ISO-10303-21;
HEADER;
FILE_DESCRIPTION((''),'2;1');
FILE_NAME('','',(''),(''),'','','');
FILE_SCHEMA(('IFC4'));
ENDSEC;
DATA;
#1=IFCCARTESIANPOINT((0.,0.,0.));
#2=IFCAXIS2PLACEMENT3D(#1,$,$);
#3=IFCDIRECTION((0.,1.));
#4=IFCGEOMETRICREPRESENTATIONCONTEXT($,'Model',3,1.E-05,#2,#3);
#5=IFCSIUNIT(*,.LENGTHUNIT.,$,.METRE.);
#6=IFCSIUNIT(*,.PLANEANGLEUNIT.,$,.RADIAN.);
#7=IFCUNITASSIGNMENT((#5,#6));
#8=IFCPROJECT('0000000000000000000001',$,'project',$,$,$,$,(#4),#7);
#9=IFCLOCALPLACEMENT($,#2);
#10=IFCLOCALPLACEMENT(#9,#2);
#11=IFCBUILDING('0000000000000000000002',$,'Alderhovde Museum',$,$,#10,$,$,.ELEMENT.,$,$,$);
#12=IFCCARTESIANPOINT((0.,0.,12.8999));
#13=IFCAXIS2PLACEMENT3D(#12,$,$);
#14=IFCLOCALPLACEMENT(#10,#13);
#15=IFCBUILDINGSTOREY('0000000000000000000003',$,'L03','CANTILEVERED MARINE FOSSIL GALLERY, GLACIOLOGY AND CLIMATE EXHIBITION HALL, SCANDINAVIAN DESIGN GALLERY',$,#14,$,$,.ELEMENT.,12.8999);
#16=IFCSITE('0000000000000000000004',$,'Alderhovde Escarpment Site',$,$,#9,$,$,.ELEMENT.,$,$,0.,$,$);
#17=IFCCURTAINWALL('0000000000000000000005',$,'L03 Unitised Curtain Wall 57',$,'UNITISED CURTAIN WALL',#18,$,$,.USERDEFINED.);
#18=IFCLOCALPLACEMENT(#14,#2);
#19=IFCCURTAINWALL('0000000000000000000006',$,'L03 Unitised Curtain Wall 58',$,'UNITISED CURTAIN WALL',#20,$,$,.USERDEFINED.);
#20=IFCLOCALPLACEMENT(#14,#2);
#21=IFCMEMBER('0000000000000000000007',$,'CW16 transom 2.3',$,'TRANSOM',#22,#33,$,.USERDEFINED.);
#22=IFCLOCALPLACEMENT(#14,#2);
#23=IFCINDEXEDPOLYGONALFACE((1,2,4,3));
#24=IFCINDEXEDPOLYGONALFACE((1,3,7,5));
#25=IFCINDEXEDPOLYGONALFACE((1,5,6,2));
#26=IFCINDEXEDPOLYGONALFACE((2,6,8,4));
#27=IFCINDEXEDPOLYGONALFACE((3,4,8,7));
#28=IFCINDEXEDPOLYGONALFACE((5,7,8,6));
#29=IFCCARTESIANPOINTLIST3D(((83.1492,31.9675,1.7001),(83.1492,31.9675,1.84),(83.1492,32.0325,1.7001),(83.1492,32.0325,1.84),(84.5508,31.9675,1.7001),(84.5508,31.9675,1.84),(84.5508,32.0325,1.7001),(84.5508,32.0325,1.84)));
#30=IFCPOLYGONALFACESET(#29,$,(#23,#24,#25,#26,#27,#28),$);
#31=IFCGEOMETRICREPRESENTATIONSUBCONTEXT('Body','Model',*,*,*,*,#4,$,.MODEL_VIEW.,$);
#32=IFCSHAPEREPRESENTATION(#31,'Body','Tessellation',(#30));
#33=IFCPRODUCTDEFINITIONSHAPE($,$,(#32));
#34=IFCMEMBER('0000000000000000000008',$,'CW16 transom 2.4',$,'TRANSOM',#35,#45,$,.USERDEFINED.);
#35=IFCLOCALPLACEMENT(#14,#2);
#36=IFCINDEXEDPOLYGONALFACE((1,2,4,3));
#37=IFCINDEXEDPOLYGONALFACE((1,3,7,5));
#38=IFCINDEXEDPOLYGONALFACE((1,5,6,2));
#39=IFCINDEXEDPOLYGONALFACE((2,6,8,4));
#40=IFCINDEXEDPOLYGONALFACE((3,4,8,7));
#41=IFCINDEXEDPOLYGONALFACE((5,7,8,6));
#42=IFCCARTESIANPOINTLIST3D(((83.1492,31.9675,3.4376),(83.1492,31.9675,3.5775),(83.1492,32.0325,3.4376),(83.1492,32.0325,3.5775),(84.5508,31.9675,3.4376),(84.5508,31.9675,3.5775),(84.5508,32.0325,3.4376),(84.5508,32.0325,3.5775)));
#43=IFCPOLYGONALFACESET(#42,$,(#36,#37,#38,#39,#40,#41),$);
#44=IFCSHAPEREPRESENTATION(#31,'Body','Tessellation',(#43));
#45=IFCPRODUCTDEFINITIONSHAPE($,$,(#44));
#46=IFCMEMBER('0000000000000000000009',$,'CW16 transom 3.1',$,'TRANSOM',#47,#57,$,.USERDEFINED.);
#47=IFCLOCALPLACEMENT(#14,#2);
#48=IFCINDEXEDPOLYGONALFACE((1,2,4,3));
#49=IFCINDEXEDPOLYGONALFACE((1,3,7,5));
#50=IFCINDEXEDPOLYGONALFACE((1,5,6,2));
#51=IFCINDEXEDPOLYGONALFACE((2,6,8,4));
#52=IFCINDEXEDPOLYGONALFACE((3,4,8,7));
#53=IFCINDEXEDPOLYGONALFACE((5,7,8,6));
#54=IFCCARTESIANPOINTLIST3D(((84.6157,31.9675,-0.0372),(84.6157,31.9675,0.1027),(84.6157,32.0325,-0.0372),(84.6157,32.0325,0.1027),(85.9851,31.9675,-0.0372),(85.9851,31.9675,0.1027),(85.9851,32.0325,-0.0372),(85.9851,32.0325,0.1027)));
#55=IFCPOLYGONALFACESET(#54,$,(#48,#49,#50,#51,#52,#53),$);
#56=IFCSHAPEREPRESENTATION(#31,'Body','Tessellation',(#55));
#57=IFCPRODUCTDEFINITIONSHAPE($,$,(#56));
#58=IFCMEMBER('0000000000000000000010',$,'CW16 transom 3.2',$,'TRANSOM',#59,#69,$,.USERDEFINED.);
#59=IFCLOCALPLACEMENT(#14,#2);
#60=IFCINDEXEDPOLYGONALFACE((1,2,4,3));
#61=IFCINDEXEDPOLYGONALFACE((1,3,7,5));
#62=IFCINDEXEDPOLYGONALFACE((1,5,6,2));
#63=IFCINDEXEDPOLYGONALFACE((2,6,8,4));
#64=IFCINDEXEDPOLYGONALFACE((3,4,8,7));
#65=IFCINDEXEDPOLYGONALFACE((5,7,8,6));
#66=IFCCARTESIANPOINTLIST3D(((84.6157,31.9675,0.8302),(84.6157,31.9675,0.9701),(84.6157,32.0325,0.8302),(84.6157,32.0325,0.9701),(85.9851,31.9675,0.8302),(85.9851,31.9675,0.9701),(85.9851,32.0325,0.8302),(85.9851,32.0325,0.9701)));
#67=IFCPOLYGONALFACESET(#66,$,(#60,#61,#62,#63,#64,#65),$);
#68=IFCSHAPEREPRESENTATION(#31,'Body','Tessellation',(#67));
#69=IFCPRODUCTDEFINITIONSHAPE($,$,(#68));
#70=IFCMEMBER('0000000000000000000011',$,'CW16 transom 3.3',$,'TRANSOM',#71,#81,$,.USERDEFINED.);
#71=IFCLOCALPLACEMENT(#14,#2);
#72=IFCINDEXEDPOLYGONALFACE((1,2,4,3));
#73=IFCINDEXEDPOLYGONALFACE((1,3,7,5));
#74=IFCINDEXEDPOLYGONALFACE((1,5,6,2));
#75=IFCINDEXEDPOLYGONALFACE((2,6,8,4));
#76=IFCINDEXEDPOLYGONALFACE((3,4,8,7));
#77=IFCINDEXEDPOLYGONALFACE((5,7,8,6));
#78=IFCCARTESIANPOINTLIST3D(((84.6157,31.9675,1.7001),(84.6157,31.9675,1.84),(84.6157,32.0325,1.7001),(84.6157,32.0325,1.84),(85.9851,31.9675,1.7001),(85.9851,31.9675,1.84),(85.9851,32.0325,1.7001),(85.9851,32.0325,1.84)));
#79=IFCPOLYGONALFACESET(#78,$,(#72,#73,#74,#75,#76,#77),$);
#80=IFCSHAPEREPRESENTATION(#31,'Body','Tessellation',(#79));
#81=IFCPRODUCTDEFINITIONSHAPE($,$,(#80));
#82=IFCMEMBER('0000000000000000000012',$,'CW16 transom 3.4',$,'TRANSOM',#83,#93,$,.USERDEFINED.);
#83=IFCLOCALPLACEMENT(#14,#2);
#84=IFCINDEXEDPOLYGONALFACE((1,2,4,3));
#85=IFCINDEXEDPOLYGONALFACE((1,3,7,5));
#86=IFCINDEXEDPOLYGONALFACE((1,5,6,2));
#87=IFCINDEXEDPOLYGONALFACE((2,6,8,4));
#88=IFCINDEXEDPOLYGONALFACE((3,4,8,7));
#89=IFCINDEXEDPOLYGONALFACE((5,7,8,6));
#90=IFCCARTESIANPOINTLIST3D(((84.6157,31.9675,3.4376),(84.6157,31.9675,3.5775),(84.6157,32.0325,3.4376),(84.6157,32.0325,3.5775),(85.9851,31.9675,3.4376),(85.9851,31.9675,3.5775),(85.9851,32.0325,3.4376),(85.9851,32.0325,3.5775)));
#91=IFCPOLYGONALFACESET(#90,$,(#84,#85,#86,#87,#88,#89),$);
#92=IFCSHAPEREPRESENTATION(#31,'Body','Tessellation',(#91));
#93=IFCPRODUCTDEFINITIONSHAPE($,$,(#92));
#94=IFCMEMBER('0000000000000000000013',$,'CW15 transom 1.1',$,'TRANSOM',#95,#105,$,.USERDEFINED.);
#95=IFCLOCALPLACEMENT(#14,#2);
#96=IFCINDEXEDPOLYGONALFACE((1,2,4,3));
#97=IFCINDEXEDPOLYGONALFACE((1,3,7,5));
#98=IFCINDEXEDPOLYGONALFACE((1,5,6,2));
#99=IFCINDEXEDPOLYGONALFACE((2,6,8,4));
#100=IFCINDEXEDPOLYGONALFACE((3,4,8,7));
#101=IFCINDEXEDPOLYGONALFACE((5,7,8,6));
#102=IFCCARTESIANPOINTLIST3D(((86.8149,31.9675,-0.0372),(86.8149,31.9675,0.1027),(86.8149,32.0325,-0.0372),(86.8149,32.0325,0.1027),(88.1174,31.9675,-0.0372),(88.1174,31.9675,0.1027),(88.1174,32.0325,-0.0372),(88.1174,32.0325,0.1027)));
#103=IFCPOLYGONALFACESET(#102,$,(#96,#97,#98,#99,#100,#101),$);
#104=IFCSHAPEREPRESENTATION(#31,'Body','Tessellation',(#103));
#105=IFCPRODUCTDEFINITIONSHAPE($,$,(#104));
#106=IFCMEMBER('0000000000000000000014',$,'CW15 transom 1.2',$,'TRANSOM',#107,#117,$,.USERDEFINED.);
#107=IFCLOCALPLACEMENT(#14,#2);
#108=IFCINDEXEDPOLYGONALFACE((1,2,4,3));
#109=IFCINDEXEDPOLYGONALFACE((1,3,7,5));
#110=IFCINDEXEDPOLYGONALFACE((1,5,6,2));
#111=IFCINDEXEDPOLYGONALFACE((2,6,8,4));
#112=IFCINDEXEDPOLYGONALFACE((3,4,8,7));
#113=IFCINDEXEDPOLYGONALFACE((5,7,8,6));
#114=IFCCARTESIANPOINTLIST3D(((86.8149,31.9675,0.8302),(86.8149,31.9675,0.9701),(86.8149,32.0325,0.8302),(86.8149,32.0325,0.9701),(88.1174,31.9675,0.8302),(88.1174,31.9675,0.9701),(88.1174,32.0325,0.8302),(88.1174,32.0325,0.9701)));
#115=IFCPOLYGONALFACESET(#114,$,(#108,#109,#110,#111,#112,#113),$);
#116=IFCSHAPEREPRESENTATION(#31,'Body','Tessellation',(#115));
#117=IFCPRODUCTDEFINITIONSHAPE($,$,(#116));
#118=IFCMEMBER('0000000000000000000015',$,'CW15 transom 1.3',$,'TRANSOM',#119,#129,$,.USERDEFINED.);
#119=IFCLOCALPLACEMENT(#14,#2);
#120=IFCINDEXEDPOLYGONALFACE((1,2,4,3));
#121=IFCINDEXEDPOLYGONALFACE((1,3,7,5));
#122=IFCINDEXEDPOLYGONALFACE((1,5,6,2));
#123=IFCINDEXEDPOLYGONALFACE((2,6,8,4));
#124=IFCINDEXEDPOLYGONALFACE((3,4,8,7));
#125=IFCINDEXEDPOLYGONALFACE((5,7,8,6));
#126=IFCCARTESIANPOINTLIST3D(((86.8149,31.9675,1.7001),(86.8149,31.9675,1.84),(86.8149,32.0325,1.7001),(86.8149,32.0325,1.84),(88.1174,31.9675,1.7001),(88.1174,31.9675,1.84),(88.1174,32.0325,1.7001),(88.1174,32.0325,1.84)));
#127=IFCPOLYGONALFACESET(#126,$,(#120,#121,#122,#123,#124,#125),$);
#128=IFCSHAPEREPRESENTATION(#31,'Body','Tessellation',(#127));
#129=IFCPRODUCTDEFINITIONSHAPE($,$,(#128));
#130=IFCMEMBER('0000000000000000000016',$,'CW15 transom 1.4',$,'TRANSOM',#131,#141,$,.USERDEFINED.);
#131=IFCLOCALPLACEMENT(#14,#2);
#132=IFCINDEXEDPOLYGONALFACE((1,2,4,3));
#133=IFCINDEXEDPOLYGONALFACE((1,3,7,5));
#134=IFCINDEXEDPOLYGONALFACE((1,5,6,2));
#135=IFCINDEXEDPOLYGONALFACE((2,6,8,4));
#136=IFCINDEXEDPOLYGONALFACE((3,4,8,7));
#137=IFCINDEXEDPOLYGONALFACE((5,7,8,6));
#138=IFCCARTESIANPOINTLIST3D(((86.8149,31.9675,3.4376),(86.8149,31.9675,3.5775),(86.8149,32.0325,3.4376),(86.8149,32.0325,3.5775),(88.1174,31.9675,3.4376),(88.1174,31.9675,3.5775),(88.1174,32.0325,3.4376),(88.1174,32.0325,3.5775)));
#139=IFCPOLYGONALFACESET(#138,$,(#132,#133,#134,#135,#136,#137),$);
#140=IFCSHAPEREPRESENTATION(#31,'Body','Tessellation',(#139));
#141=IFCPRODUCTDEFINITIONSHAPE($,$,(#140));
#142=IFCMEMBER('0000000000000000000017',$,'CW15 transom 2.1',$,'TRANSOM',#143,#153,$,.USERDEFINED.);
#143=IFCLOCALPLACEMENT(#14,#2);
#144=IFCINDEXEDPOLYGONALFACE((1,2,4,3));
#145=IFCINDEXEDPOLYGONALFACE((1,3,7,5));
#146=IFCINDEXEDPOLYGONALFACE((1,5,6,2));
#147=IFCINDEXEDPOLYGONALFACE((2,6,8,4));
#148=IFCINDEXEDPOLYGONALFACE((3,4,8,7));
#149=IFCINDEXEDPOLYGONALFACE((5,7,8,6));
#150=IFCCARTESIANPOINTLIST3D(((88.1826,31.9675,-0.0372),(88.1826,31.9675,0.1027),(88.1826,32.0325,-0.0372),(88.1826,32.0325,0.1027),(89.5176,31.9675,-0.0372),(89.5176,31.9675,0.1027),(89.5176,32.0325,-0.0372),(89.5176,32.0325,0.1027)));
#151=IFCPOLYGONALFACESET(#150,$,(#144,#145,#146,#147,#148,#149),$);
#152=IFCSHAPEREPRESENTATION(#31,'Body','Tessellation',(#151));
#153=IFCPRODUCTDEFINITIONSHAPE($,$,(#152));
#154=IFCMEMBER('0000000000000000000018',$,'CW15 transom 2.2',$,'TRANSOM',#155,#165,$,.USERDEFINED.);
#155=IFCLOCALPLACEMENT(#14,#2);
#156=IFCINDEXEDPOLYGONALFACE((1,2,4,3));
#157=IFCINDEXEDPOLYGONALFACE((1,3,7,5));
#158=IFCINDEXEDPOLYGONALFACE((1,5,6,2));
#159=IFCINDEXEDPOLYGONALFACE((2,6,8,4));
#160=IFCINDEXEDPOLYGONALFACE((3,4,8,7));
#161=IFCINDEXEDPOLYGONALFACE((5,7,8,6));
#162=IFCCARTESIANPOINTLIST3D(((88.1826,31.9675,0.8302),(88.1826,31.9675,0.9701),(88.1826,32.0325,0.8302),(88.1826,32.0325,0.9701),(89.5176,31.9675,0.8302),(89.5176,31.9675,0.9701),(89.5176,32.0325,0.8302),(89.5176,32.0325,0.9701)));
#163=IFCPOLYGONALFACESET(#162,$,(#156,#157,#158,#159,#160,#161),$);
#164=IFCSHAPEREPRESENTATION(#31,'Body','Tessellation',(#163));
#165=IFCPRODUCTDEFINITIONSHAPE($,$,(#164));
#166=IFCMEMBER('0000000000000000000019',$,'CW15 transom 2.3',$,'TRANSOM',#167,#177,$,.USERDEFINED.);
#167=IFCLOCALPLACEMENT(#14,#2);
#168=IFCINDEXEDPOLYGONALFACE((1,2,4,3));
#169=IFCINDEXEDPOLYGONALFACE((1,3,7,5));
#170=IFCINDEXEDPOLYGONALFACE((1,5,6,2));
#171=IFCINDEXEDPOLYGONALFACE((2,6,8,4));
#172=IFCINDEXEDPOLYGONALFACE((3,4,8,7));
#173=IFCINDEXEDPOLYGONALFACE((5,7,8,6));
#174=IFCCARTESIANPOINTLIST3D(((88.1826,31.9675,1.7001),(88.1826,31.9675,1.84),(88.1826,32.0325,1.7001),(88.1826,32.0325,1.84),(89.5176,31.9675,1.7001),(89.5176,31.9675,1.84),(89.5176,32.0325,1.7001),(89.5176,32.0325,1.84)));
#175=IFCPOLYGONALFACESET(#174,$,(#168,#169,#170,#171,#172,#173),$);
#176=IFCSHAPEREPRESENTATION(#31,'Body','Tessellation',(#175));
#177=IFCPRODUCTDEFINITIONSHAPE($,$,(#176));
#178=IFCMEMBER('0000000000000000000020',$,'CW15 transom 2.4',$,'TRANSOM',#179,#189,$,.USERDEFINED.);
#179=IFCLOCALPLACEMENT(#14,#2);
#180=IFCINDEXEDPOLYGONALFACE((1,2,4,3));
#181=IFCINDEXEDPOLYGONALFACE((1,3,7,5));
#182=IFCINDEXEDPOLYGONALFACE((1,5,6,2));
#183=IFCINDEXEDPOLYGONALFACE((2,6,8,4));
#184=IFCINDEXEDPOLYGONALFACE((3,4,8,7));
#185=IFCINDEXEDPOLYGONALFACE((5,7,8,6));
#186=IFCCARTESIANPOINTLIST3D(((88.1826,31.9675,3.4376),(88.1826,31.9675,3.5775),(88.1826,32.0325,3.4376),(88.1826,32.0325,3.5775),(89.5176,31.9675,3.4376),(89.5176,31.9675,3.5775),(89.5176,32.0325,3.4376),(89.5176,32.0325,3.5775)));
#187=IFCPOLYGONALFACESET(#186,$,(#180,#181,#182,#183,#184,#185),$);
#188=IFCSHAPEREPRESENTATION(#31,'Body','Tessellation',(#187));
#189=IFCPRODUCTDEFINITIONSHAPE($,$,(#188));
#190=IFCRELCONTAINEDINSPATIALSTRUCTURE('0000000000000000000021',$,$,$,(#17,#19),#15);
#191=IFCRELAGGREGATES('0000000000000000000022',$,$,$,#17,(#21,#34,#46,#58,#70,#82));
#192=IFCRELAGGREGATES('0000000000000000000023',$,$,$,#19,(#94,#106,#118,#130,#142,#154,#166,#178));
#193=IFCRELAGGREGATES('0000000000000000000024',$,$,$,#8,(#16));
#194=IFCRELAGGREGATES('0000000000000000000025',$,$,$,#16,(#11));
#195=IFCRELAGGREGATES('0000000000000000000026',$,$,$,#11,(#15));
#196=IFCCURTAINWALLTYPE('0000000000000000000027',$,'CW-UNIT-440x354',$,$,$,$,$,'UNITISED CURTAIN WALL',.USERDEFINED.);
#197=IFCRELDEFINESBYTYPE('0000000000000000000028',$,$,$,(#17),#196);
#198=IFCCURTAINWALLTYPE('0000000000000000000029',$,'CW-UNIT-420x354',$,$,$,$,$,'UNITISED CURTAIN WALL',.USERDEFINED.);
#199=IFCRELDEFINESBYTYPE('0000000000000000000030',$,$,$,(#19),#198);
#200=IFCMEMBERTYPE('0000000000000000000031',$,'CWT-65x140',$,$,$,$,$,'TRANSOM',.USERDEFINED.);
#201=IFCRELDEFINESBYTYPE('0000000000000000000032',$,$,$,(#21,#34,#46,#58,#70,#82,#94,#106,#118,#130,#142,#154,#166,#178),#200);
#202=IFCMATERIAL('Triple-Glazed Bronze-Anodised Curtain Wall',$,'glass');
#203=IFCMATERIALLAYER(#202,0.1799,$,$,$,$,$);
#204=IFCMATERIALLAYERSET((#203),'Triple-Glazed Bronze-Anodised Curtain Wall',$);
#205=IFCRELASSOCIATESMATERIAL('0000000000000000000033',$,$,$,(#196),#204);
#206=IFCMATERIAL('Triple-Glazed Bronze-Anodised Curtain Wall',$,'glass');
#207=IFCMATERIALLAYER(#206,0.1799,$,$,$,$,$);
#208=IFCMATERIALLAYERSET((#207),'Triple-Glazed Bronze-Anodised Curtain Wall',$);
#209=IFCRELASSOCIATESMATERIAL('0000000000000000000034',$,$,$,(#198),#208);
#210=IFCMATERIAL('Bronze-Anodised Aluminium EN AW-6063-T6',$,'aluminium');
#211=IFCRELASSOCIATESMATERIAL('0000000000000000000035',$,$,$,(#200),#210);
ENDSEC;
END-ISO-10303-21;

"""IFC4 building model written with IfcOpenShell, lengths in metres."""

from ifc_helpers import new_model, si_unit, direction, frame, origin, origin_2d, place, context, subcontext, project, spatial, rectangle, extrude, material, layer, layer_set, material_profile, profile_set, type_object, element, aggregate, save


model = new_model("IFC4")

# Units and contexts
model_context = context("Model", 3, precision=1e-05, world=origin(), true_north=direction((0.0, 1.0)))
body_context = subcontext(model_context, "Body", "Model", "MODEL_VIEW")
ifc_project = project(units=[si_unit("LENGTHUNIT", "METRE"), si_unit("PLANEANGLEUNIT", "RADIAN")], contexts=[model_context])

# Site, building, storey
site_placement = place(None, origin())
site = spatial("IfcSite", under=ifc_project, at=site_placement, Name="Alderhovde Escarpment Site", CompositionType="ELEMENT", RefElevation=0.0)
building_placement = place(site_placement, origin())
building = spatial("IfcBuilding", under=site, at=building_placement, Name="Alderhovde Museum", CompositionType="ELEMENT")
storey_placement = place(building_placement, frame((0.0, 0.0, 12.8999)))
storey = spatial("IfcBuildingStorey", under=building, at=storey_placement, Name="L03", Description="CANTILEVERED MARINE FOSSIL GALLERY, GLACIOLOGY AND CLIMATE EXHIBITION HALL, SCANDINAVIAN DESIGN GALLERY", CompositionType="ELEMENT", Elevation=12.8999)

# Curtain walls
ifc_material_1 = material(Name="Triple-Glazed Bronze-Anodised Curtain Wall", Category="glass")
ifc_layer_1 = layer(ifc_material_1, 0.1799)
ifc_layer_set_1 = layer_set([ifc_layer_1], Name="Triple-Glazed Bronze-Anodised Curtain Wall")
curtain_wall_type_1 = type_object("IfcCurtainWallType", Name="CW-UNIT-440x354", ElementType="UNITISED CURTAIN WALL", PredefinedType="USERDEFINED", material=ifc_layer_set_1)
curtain_wall_1_placement = place(storey_placement, origin())
curtain_wall_1 = element("IfcCurtainWall", 1, at=curtain_wall_1_placement, inside=storey, type_object=curtain_wall_type_1, Name="L03 Unitised Curtain Wall 57", ObjectType="UNITISED CURTAIN WALL", PredefinedType="USERDEFINED")
ifc_material_2 = material(Name="Triple-Glazed Bronze-Anodised Curtain Wall", Category="glass")
ifc_layer_2 = layer(ifc_material_2, 0.1799)
ifc_layer_set_2 = layer_set([ifc_layer_2], Name="Triple-Glazed Bronze-Anodised Curtain Wall")
curtain_wall_type_2 = type_object("IfcCurtainWallType", Name="CW-UNIT-420x354", ElementType="UNITISED CURTAIN WALL", PredefinedType="USERDEFINED", material=ifc_layer_set_2)
curtain_wall_2_placement = place(storey_placement, origin())
curtain_wall_2 = element("IfcCurtainWall", 2, at=curtain_wall_2_placement, inside=storey, type_object=curtain_wall_type_2, Name="L03 Unitised Curtain Wall 58", ObjectType="UNITISED CURTAIN WALL", PredefinedType="USERDEFINED")

# Members
ifc_material_3 = material(Name="Bronze-Anodised Aluminium EN AW-6063-T6", Category="aluminium")
ifc_material_profile_1 = material_profile(ifc_material_3, rectangle(XDim=0.0649, YDim=0.1399, at=origin_2d()), Name="TRANSOM 65x140")
ifc_profile_set_1 = profile_set([ifc_material_profile_1], Name="Bronze-Anodised Aluminium EN AW-6063-T6")
member_type_1 = type_object("IfcMemberType", Name="CWT-65x140", ElementType="TRANSOM", PredefinedType="USERDEFINED", material=ifc_profile_set_1)
member_1_placement = place(storey_placement, frame((83.1492, 32.0, 1.77), z_axis=(1.0, 0.0, 0.0), x_axis=(0.0, 1.0, 0.0)))
member_1 = element("IfcMember", 3, at=member_1_placement, type_object=member_type_1, Name="CW16 transom 2.3", ObjectType="TRANSOM", PredefinedType="USERDEFINED", context=body_context, shape_type="SweptSolid", body=[
    extrude(rectangle(XDim=0.0649, YDim=0.1399, at=origin_2d()), origin(), (0.0, 0.0, 1.0), 1.4016),
])
member_2_placement = place(storey_placement, frame((83.1492, 32.0, 3.5076), z_axis=(1.0, 0.0, 0.0), x_axis=(0.0, 1.0, 0.0)))
member_2 = element("IfcMember", 4, at=member_2_placement, type_object=member_type_1, Name="CW16 transom 2.4", ObjectType="TRANSOM", PredefinedType="USERDEFINED", context=body_context, shape_type="SweptSolid", body=[
    extrude(rectangle(XDim=0.0649, YDim=0.1399, at=origin_2d()), origin(), (0.0, 0.0, 1.0), 1.4016),
])
member_3_placement = place(storey_placement, frame((84.6157, 32.0, 0.0327), z_axis=(1.0, 0.0, 0.0), x_axis=(0.0, 1.0, 0.0)))
member_3 = element("IfcMember", 5, at=member_3_placement, type_object=member_type_1, Name="CW16 transom 3.1", ObjectType="TRANSOM", PredefinedType="USERDEFINED", context=body_context, shape_type="SweptSolid", body=[
    extrude(rectangle(XDim=0.0649, YDim=0.1399, at=origin_2d()), origin(), (0.0, 0.0, 1.0), 1.3694),
])
member_4_placement = place(storey_placement, frame((84.6157, 32.0, 0.9001), z_axis=(1.0, 0.0, 0.0), x_axis=(0.0, 1.0, 0.0)))
member_4 = element("IfcMember", 6, at=member_4_placement, type_object=member_type_1, Name="CW16 transom 3.2", ObjectType="TRANSOM", PredefinedType="USERDEFINED", context=body_context, shape_type="SweptSolid", body=[
    extrude(rectangle(XDim=0.0649, YDim=0.1399, at=origin_2d()), origin(), (0.0, 0.0, 1.0), 1.3694),
])
member_5_placement = place(storey_placement, frame((84.6157, 32.0, 1.77), z_axis=(1.0, 0.0, 0.0), x_axis=(0.0, 1.0, 0.0)))
member_5 = element("IfcMember", 7, at=member_5_placement, type_object=member_type_1, Name="CW16 transom 3.3", ObjectType="TRANSOM", PredefinedType="USERDEFINED", context=body_context, shape_type="SweptSolid", body=[
    extrude(rectangle(XDim=0.0649, YDim=0.1399, at=origin_2d()), origin(), (0.0, 0.0, 1.0), 1.3694),
])
member_6_placement = place(storey_placement, frame((84.6157, 32.0, 3.5076), z_axis=(1.0, 0.0, 0.0), x_axis=(0.0, 1.0, 0.0)))
member_6 = element("IfcMember", 8, at=member_6_placement, type_object=member_type_1, Name="CW16 transom 3.4", ObjectType="TRANSOM", PredefinedType="USERDEFINED", context=body_context, shape_type="SweptSolid", body=[
    extrude(rectangle(XDim=0.0649, YDim=0.1399, at=origin_2d()), origin(), (0.0, 0.0, 1.0), 1.3694),
])
member_7_placement = place(storey_placement, frame((86.8149, 32.0, 0.0327), z_axis=(1.0, 0.0, 0.0), x_axis=(0.0, 1.0, 0.0)))
member_7 = element("IfcMember", 9, at=member_7_placement, type_object=member_type_1, Name="CW15 transom 1.1", ObjectType="TRANSOM", PredefinedType="USERDEFINED", context=body_context, shape_type="SweptSolid", body=[
    extrude(rectangle(XDim=0.0649, YDim=0.1399, at=origin_2d()), origin(), (0.0, 0.0, 1.0), 1.3025),
])
member_8_placement = place(storey_placement, frame((86.8149, 32.0, 0.9001), z_axis=(1.0, 0.0, 0.0), x_axis=(0.0, 1.0, 0.0)))
member_8 = element("IfcMember", 10, at=member_8_placement, type_object=member_type_1, Name="CW15 transom 1.2", ObjectType="TRANSOM", PredefinedType="USERDEFINED", context=body_context, shape_type="SweptSolid", body=[
    extrude(rectangle(XDim=0.0649, YDim=0.1399, at=origin_2d()), origin(), (0.0, 0.0, 1.0), 1.3025),
])
member_9_placement = place(storey_placement, frame((86.8149, 32.0, 1.77), z_axis=(1.0, 0.0, 0.0), x_axis=(0.0, 1.0, 0.0)))
member_9 = element("IfcMember", 11, at=member_9_placement, type_object=member_type_1, Name="CW15 transom 1.3", ObjectType="TRANSOM", PredefinedType="USERDEFINED", context=body_context, shape_type="SweptSolid", body=[
    extrude(rectangle(XDim=0.0649, YDim=0.1399, at=origin_2d()), origin(), (0.0, 0.0, 1.0), 1.3025),
])
member_10_placement = place(storey_placement, frame((86.8149, 32.0, 3.5076), z_axis=(1.0, 0.0, 0.0), x_axis=(0.0, 1.0, 0.0)))
member_10 = element("IfcMember", 12, at=member_10_placement, type_object=member_type_1, Name="CW15 transom 1.4", ObjectType="TRANSOM", PredefinedType="USERDEFINED", context=body_context, shape_type="SweptSolid", body=[
    extrude(rectangle(XDim=0.0649, YDim=0.1399, at=origin_2d()), origin(), (0.0, 0.0, 1.0), 1.3025),
])
member_11_placement = place(storey_placement, frame((88.1826, 32.0, 0.0327), z_axis=(1.0, 0.0, 0.0), x_axis=(0.0, 1.0, 0.0)))
member_11 = element("IfcMember", 13, at=member_11_placement, type_object=member_type_1, Name="CW15 transom 2.1", ObjectType="TRANSOM", PredefinedType="USERDEFINED", context=body_context, shape_type="SweptSolid", body=[
    extrude(rectangle(XDim=0.0649, YDim=0.1399, at=origin_2d()), origin(), (0.0, 0.0, 1.0), 1.335),
])
member_12_placement = place(storey_placement, frame((88.1826, 32.0, 0.9001), z_axis=(1.0, 0.0, 0.0), x_axis=(0.0, 1.0, 0.0)))
member_12 = element("IfcMember", 14, at=member_12_placement, type_object=member_type_1, Name="CW15 transom 2.2", ObjectType="TRANSOM", PredefinedType="USERDEFINED", context=body_context, shape_type="SweptSolid", body=[
    extrude(rectangle(XDim=0.0649, YDim=0.1399, at=origin_2d()), origin(), (0.0, 0.0, 1.0), 1.335),
])
member_13_placement = place(storey_placement, frame((88.1826, 32.0, 1.77), z_axis=(1.0, 0.0, 0.0), x_axis=(0.0, 1.0, 0.0)))
member_13 = element("IfcMember", 15, at=member_13_placement, type_object=member_type_1, Name="CW15 transom 2.3", ObjectType="TRANSOM", PredefinedType="USERDEFINED", context=body_context, shape_type="SweptSolid", body=[
    extrude(rectangle(XDim=0.0649, YDim=0.1399, at=origin_2d()), origin(), (0.0, 0.0, 1.0), 1.335),
])
member_14_placement = place(storey_placement, frame((88.1826, 32.0, 3.5076), z_axis=(1.0, 0.0, 0.0), x_axis=(0.0, 1.0, 0.0)))
member_14 = element("IfcMember", 16, at=member_14_placement, type_object=member_type_1, Name="CW15 transom 2.4", ObjectType="TRANSOM", PredefinedType="USERDEFINED", context=body_context, shape_type="SweptSolid", body=[
    extrude(rectangle(XDim=0.0649, YDim=0.1399, at=origin_2d()), origin(), (0.0, 0.0, 1.0), 1.335),
])

aggregate(curtain_wall_1, [member_1, member_2, member_3, member_4, member_5, member_6])
aggregate(curtain_wall_2, [member_7, member_8, member_9, member_10, member_11, member_12, member_13, member_14])

save(model, "model.ifc")
